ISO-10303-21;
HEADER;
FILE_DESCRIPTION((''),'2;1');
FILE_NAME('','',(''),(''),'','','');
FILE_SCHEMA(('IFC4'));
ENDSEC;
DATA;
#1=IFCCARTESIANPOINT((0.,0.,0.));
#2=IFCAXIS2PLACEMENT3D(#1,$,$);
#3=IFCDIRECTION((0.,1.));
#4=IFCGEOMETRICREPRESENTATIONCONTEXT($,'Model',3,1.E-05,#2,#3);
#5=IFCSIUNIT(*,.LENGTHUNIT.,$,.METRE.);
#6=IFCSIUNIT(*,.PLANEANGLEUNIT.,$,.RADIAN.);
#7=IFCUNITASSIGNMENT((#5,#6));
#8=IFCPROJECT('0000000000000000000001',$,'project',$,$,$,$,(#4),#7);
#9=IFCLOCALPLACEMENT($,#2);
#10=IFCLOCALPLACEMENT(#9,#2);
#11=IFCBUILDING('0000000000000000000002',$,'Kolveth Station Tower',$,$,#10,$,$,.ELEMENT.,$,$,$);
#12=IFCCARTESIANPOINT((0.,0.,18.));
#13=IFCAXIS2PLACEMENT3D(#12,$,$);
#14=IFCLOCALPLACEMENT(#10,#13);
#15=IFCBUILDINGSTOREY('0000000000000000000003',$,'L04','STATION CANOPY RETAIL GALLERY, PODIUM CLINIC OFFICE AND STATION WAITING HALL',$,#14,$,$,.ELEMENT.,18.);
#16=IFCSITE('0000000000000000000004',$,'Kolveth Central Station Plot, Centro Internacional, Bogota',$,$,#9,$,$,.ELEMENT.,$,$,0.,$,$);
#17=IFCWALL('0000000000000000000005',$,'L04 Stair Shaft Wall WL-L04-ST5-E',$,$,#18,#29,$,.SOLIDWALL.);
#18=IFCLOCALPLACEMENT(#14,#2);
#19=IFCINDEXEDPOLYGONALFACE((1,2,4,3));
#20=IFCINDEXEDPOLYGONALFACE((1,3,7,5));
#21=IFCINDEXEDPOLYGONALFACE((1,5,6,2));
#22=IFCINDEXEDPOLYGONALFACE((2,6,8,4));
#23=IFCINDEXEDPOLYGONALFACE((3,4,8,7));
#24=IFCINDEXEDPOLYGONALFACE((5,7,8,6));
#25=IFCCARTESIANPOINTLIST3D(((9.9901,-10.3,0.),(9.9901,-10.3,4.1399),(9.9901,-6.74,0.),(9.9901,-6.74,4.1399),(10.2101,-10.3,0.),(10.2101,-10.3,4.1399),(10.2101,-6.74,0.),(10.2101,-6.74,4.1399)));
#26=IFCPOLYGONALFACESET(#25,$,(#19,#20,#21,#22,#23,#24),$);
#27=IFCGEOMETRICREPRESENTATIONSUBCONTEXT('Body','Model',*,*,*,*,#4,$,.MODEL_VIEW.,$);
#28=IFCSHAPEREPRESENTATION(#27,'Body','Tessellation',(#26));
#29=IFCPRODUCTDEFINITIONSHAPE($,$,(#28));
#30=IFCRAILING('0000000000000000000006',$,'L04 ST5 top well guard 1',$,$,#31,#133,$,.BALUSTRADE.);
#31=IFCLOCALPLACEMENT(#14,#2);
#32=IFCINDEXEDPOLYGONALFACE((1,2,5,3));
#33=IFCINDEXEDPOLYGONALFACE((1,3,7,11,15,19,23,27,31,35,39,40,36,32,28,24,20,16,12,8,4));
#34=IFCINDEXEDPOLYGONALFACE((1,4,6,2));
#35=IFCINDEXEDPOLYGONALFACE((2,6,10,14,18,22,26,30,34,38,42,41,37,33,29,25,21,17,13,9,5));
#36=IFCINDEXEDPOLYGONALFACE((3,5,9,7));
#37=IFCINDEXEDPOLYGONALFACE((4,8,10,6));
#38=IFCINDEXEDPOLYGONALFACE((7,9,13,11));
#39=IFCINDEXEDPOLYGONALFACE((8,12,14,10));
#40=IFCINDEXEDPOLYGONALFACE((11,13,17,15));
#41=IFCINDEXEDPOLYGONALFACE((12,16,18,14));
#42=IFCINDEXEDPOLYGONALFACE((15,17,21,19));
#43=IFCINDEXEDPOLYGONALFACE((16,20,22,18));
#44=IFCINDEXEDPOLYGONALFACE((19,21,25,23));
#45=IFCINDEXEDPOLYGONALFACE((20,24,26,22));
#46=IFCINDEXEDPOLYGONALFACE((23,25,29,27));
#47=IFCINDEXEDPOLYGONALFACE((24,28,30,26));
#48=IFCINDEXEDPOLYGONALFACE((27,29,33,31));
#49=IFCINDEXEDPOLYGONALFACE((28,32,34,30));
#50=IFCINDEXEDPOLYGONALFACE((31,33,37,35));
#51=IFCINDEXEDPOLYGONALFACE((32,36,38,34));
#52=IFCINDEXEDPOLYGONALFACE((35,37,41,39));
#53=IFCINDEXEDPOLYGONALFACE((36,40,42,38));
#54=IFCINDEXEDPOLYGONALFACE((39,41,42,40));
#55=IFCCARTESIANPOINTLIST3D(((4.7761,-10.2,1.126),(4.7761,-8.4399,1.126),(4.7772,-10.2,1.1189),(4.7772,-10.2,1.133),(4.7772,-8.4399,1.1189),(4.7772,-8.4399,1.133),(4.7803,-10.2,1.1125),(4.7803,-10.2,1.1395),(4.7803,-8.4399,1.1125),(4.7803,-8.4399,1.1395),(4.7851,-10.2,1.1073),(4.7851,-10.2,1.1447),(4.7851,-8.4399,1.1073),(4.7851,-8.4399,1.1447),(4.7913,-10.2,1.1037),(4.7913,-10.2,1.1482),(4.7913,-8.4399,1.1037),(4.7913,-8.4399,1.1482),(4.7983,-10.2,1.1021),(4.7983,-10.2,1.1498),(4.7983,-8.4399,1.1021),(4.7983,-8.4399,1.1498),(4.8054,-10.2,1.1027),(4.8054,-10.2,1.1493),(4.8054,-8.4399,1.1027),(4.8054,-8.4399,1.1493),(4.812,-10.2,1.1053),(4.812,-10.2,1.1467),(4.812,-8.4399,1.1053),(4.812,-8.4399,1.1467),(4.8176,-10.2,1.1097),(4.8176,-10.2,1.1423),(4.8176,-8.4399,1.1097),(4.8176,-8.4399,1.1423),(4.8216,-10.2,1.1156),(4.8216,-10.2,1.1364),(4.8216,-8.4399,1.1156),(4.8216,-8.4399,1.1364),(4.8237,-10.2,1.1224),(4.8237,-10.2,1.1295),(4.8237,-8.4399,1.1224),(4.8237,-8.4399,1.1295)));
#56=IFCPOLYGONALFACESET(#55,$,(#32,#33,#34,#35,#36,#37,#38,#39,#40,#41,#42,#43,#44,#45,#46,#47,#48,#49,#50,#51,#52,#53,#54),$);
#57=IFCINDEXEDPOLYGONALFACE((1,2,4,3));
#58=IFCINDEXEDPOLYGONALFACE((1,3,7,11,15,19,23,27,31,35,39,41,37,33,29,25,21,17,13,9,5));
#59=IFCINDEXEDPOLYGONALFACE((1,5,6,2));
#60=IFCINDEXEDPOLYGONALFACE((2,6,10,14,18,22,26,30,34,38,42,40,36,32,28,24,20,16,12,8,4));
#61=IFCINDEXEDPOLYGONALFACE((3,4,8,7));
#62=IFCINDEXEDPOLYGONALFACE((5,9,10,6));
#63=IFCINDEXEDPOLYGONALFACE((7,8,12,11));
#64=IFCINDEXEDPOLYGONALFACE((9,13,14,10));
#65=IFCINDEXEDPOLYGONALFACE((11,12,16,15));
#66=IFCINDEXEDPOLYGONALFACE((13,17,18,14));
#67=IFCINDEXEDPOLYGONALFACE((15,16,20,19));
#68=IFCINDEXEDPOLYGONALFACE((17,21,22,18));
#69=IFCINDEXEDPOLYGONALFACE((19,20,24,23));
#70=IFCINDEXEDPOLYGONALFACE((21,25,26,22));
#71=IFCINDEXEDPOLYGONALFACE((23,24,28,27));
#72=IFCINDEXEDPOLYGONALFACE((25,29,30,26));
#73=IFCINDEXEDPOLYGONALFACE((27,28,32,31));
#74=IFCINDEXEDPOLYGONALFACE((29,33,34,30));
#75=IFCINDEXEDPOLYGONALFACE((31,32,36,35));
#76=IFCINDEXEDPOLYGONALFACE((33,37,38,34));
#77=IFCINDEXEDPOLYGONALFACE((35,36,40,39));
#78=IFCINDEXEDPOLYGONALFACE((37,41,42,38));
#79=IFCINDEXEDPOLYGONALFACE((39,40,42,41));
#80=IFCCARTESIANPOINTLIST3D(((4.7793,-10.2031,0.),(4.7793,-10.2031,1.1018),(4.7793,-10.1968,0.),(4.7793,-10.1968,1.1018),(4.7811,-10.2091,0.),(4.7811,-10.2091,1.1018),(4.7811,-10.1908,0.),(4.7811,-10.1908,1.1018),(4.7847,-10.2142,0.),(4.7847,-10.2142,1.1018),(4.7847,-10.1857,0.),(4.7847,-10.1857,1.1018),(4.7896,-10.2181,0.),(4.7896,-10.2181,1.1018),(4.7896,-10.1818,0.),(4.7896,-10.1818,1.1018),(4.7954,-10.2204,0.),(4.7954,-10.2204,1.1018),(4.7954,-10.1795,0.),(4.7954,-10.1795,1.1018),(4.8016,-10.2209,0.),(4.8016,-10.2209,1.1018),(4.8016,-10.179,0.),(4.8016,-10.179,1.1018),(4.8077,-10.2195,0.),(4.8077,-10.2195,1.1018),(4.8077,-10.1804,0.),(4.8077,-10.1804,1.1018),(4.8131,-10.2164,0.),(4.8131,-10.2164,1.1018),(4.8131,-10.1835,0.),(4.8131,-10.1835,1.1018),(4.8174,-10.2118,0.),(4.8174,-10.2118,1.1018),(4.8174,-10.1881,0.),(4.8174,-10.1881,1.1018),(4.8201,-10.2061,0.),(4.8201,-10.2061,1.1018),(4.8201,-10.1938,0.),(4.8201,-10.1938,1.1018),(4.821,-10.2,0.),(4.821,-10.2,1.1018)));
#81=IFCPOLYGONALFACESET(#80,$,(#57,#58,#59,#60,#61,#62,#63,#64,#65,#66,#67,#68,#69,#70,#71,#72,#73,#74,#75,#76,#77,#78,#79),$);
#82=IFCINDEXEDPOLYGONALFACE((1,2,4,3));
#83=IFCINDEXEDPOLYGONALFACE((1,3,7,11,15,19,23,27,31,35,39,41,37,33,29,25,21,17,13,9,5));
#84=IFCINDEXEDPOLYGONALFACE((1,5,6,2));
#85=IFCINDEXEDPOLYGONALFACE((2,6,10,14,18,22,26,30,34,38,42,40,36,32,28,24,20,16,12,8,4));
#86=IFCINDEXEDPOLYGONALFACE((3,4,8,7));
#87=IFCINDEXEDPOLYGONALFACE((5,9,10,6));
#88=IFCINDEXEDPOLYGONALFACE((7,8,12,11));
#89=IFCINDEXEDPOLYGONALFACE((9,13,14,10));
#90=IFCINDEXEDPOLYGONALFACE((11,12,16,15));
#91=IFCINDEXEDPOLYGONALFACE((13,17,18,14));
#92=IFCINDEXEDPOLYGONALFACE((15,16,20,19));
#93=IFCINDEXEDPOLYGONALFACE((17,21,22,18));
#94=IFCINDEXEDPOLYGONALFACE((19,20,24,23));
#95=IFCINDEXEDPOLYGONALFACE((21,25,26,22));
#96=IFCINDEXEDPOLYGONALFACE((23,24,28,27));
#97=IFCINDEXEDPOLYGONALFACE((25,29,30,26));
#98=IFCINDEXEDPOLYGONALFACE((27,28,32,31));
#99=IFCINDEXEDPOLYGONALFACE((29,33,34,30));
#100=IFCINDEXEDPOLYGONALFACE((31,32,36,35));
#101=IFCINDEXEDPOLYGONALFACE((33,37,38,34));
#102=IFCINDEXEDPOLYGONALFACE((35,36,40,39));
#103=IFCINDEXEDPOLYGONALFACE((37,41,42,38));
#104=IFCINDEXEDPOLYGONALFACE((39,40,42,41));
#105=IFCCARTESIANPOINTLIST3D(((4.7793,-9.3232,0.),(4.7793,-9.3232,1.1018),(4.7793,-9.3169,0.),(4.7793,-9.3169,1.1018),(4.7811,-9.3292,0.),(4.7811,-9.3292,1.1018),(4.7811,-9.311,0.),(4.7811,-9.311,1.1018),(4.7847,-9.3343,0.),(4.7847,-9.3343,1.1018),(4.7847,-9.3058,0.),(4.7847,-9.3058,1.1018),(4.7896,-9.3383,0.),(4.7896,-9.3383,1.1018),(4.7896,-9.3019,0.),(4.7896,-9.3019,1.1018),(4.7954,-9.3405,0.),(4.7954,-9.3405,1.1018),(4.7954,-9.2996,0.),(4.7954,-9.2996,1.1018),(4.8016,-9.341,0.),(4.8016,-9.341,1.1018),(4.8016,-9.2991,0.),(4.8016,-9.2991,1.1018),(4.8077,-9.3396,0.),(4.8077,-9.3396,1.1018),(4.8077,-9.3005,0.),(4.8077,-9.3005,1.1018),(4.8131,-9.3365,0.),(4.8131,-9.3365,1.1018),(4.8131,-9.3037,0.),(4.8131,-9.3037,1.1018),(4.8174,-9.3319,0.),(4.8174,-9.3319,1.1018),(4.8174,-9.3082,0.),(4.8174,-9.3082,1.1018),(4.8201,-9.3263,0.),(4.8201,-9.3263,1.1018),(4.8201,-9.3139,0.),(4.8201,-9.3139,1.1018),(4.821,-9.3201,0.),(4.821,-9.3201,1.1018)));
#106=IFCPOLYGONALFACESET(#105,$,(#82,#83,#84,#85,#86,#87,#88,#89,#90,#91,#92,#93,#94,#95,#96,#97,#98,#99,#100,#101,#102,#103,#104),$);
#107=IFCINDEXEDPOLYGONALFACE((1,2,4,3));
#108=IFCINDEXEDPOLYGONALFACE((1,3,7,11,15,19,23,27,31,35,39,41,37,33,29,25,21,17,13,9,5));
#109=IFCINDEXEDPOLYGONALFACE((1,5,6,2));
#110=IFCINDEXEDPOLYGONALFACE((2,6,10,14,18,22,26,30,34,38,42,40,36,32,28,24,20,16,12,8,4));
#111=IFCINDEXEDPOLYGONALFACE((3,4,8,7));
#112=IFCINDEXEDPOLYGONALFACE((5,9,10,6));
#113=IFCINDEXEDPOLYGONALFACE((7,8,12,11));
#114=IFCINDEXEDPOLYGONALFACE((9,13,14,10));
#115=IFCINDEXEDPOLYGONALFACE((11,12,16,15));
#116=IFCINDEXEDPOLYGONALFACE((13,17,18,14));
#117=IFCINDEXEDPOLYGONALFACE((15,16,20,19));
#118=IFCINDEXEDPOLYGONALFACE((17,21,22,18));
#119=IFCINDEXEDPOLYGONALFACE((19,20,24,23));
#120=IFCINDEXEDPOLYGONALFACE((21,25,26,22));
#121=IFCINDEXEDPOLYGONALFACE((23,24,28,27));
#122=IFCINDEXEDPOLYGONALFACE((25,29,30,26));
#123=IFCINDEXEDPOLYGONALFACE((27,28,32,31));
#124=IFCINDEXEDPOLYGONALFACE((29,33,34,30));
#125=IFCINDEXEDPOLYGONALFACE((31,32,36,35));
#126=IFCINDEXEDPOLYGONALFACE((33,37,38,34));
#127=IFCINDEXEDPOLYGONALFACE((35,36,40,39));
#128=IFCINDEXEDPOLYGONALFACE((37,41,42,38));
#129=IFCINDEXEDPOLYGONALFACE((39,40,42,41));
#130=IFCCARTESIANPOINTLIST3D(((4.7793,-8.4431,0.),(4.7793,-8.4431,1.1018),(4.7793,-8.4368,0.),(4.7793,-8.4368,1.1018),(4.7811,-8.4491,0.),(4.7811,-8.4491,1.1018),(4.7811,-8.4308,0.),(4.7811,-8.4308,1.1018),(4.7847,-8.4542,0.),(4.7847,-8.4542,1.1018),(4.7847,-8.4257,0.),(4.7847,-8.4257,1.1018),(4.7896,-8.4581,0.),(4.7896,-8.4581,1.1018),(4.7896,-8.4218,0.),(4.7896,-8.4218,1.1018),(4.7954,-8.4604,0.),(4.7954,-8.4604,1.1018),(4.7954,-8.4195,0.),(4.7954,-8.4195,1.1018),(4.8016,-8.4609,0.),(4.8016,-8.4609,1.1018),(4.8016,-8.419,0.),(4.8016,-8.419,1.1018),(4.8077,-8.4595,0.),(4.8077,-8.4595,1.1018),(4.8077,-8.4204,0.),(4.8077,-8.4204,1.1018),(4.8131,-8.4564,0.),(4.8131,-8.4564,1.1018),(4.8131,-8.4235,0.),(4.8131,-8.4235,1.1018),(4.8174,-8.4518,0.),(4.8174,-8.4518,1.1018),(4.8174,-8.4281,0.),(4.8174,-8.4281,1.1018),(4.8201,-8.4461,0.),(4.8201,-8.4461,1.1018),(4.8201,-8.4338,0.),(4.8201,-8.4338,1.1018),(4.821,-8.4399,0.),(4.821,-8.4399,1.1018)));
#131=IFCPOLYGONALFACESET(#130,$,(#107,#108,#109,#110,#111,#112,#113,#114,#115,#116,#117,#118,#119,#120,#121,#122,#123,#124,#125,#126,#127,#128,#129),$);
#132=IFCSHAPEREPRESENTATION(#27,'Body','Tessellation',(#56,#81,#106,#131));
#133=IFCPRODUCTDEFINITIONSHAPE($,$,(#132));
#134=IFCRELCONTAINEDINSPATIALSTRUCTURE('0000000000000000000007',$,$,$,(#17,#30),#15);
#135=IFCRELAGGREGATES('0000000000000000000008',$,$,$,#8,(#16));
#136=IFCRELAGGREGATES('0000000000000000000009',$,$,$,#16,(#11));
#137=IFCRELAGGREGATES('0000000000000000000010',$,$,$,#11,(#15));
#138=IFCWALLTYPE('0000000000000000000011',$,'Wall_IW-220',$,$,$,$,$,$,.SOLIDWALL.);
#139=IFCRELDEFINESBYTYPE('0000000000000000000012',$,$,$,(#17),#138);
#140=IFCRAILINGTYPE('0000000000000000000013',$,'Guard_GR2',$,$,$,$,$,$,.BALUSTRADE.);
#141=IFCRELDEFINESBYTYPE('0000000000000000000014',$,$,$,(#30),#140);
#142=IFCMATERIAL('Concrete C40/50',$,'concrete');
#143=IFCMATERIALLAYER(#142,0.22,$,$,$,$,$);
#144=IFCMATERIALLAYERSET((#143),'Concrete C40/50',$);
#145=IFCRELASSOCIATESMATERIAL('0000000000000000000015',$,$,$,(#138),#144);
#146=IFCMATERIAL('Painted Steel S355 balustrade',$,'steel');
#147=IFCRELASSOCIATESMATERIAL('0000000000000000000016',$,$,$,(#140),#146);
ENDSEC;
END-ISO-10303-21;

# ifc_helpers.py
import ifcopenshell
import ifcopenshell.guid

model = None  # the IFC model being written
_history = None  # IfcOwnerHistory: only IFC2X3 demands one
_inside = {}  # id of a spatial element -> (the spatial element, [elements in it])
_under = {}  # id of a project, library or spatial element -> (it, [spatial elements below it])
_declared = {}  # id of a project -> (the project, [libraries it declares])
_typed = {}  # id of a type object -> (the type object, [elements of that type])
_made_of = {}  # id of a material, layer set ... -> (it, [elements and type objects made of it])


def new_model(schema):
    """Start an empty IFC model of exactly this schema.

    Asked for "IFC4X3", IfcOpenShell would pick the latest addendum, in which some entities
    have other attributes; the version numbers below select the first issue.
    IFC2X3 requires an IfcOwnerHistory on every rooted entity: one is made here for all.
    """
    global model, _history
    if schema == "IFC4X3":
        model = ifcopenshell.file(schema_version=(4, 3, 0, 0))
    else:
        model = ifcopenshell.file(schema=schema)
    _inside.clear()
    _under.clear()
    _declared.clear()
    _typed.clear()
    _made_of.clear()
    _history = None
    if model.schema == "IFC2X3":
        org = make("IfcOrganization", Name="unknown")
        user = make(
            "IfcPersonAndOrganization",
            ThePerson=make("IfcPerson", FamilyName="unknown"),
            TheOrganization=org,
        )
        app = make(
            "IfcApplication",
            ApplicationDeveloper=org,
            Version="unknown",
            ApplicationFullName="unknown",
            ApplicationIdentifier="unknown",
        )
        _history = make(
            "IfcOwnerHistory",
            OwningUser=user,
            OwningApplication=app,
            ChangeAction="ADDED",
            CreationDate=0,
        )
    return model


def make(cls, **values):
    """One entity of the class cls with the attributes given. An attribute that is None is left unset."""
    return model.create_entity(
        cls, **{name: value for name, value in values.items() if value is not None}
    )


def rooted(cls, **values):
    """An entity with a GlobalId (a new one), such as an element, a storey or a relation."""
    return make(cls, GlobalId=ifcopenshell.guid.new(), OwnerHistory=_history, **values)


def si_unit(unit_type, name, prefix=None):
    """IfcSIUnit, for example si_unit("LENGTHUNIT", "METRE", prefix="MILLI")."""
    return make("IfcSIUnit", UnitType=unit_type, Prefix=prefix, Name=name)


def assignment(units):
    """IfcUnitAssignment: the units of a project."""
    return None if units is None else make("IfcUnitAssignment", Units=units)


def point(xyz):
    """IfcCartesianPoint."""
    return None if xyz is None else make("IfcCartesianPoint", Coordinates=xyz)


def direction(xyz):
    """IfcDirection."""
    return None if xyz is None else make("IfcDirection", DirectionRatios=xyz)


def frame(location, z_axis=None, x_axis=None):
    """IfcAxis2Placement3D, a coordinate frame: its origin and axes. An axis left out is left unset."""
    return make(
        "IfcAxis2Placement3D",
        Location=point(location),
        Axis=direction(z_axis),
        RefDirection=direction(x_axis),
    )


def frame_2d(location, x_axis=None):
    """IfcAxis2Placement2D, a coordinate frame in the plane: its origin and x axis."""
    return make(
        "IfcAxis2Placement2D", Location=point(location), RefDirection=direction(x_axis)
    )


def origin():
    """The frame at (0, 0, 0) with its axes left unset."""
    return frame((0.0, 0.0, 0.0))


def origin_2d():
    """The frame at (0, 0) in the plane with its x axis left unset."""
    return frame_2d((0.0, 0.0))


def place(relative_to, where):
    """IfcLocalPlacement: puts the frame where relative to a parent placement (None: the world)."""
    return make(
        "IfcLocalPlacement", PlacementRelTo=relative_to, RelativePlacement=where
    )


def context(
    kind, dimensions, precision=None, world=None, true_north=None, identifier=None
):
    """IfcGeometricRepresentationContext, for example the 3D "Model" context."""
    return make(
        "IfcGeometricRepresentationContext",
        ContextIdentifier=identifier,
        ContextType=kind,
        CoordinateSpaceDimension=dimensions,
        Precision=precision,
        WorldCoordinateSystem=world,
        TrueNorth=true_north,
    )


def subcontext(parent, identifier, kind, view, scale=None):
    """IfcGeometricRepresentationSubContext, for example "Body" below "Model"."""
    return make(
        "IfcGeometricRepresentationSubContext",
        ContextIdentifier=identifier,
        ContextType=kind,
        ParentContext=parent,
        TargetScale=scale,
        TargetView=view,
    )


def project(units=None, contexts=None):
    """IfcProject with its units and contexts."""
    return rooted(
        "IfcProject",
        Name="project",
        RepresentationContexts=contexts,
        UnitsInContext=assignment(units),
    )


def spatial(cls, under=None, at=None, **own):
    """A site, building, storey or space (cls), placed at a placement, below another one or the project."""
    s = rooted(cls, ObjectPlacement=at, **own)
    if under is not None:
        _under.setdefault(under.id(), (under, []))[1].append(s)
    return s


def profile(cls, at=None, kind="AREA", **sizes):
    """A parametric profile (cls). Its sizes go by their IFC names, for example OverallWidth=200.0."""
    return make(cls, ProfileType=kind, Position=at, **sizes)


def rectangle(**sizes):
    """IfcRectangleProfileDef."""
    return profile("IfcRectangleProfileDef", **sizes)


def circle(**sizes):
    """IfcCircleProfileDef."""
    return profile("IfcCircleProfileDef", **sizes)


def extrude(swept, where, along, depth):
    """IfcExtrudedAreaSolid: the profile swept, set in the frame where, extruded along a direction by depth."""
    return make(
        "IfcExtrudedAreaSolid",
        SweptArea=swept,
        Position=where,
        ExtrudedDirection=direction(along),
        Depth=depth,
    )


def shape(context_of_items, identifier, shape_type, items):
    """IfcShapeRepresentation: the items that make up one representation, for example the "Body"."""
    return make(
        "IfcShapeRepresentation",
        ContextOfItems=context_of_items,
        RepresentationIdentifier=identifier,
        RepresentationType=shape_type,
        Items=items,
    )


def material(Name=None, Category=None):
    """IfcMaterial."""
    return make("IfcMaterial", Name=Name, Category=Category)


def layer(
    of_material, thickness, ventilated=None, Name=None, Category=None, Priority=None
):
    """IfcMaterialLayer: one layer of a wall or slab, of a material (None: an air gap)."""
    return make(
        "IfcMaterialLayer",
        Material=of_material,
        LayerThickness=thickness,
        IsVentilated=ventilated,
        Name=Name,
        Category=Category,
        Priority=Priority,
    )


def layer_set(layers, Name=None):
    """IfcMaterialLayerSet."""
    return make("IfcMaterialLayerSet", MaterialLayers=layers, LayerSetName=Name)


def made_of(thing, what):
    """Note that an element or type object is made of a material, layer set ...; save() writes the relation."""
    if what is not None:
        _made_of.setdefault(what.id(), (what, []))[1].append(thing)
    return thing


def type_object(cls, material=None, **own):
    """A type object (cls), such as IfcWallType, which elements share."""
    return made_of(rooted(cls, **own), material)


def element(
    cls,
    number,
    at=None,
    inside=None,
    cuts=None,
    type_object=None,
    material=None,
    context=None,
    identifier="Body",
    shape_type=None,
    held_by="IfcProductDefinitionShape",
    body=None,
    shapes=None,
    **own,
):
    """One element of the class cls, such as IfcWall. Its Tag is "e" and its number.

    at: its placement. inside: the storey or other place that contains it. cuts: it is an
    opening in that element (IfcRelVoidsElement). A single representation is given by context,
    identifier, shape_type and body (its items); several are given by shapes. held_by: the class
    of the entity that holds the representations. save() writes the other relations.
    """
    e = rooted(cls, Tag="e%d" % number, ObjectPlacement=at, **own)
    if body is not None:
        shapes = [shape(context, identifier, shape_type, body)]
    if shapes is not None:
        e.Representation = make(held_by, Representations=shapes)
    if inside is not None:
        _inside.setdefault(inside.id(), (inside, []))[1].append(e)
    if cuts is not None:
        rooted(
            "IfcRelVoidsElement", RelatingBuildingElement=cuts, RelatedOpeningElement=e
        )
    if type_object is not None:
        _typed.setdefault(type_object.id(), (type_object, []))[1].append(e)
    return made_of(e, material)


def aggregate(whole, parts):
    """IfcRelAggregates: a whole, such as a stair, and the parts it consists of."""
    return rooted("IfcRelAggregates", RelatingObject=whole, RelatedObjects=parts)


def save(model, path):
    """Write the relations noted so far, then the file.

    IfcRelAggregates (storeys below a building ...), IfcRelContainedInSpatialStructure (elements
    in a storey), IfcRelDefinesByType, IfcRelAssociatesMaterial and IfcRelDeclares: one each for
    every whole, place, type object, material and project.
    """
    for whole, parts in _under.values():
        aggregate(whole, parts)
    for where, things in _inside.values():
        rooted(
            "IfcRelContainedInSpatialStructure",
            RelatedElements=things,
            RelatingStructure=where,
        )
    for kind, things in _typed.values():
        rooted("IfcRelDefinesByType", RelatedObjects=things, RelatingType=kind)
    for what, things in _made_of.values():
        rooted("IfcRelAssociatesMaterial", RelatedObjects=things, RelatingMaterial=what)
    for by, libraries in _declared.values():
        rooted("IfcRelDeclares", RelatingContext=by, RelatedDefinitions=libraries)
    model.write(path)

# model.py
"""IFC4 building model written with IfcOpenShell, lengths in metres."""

from ifc_helpers import new_model, si_unit, direction, frame, frame_2d, origin, origin_2d, place, context, subcontext, project, spatial, rectangle, circle, extrude, material, layer, layer_set, type_object, element, save


model = new_model("IFC4")

# Units and contexts
model_context = context("Model", 3, precision=1e-05, world=origin(), true_north=direction((0.0, 1.0)))
body_context = subcontext(model_context, "Body", "Model", "MODEL_VIEW")
ifc_project = project(units=[si_unit("LENGTHUNIT", "METRE"), si_unit("PLANEANGLEUNIT", "RADIAN")], contexts=[model_context])

# Site, building, storey
site_placement = place(None, origin())
site = spatial("IfcSite", under=ifc_project, at=site_placement, Name="Kolveth Central Station Plot, Centro Internacional, Bogota", CompositionType="ELEMENT", RefElevation=0.0)
building_placement = place(site_placement, origin())
building = spatial("IfcBuilding", under=site, at=building_placement, Name="Kolveth Station Tower", CompositionType="ELEMENT")
storey_placement = place(building_placement, frame((0.0, 0.0, 18.0)))
storey = spatial("IfcBuildingStorey", under=building, at=storey_placement, Name="L04", Description="STATION CANOPY RETAIL GALLERY, PODIUM CLINIC OFFICE AND STATION WAITING HALL", CompositionType="ELEMENT", Elevation=18.0)

# Wall
ifc_material_1 = material(Name="Concrete C40/50", Category="concrete")
ifc_layer_1 = layer(ifc_material_1, 0.22)
ifc_layer_set_1 = layer_set([ifc_layer_1], Name="Concrete C40/50")
wall_type_1 = type_object("IfcWallType", Name="Wall_IW-220", PredefinedType="SOLIDWALL", material=ifc_layer_set_1)
wall_1_placement = place(storey_placement, frame((10.1001, -10.3, 0.0), z_axis=(0.0, 0.0, 1.0), x_axis=(0.0, 1.0, 0.0)))
element("IfcWall", 1, at=wall_1_placement, inside=storey, type_object=wall_type_1, Name="L04 Stair Shaft Wall WL-L04-ST5-E", PredefinedType="SOLIDWALL", context=body_context, shape_type="SweptSolid", body=[
    extrude(rectangle(XDim=3.5601, YDim=0.22, at=frame_2d((1.78, 0.0))), origin(), (0.0, 0.0, 1.0), 4.1399),
])

# Railing
ifc_material_2 = material(Name="Painted Steel S355 balustrade", Category="steel")
railing_type = type_object("IfcRailingType", Name="Guard_GR2", PredefinedType="BALUSTRADE", material=ifc_material_2)
railing_placement = place(storey_placement, frame((4.8, -10.2, 0.0)))
element("IfcRailing", 2, at=railing_placement, inside=storey, type_object=railing_type, Name="L04 ST5 top well guard 1", PredefinedType="BALUSTRADE", context=body_context, shape_type="SweptSolid", body=[
    extrude(circle(Radius=0.0239, at=origin_2d()), frame((0.0, 0.0, 1.126), z_axis=(0.0, 1.0, 0.0), x_axis=(-1.0, 0.0, 0.0)), (0.0, 0.0, 1.0), 1.76),
    extrude(circle(Radius=0.021, at=origin_2d()), origin(), (0.0, 0.0, 1.0), 1.1018),
    extrude(circle(Radius=0.021, at=origin_2d()), frame((0.0, 0.8799, 0.0)), (0.0, 0.0, 1.0), 1.1018),
    extrude(circle(Radius=0.021, at=origin_2d()), frame((0.0, 1.76, 0.0)), (0.0, 0.0, 1.0), 1.1018),
])

save(model, "model.ifc")
